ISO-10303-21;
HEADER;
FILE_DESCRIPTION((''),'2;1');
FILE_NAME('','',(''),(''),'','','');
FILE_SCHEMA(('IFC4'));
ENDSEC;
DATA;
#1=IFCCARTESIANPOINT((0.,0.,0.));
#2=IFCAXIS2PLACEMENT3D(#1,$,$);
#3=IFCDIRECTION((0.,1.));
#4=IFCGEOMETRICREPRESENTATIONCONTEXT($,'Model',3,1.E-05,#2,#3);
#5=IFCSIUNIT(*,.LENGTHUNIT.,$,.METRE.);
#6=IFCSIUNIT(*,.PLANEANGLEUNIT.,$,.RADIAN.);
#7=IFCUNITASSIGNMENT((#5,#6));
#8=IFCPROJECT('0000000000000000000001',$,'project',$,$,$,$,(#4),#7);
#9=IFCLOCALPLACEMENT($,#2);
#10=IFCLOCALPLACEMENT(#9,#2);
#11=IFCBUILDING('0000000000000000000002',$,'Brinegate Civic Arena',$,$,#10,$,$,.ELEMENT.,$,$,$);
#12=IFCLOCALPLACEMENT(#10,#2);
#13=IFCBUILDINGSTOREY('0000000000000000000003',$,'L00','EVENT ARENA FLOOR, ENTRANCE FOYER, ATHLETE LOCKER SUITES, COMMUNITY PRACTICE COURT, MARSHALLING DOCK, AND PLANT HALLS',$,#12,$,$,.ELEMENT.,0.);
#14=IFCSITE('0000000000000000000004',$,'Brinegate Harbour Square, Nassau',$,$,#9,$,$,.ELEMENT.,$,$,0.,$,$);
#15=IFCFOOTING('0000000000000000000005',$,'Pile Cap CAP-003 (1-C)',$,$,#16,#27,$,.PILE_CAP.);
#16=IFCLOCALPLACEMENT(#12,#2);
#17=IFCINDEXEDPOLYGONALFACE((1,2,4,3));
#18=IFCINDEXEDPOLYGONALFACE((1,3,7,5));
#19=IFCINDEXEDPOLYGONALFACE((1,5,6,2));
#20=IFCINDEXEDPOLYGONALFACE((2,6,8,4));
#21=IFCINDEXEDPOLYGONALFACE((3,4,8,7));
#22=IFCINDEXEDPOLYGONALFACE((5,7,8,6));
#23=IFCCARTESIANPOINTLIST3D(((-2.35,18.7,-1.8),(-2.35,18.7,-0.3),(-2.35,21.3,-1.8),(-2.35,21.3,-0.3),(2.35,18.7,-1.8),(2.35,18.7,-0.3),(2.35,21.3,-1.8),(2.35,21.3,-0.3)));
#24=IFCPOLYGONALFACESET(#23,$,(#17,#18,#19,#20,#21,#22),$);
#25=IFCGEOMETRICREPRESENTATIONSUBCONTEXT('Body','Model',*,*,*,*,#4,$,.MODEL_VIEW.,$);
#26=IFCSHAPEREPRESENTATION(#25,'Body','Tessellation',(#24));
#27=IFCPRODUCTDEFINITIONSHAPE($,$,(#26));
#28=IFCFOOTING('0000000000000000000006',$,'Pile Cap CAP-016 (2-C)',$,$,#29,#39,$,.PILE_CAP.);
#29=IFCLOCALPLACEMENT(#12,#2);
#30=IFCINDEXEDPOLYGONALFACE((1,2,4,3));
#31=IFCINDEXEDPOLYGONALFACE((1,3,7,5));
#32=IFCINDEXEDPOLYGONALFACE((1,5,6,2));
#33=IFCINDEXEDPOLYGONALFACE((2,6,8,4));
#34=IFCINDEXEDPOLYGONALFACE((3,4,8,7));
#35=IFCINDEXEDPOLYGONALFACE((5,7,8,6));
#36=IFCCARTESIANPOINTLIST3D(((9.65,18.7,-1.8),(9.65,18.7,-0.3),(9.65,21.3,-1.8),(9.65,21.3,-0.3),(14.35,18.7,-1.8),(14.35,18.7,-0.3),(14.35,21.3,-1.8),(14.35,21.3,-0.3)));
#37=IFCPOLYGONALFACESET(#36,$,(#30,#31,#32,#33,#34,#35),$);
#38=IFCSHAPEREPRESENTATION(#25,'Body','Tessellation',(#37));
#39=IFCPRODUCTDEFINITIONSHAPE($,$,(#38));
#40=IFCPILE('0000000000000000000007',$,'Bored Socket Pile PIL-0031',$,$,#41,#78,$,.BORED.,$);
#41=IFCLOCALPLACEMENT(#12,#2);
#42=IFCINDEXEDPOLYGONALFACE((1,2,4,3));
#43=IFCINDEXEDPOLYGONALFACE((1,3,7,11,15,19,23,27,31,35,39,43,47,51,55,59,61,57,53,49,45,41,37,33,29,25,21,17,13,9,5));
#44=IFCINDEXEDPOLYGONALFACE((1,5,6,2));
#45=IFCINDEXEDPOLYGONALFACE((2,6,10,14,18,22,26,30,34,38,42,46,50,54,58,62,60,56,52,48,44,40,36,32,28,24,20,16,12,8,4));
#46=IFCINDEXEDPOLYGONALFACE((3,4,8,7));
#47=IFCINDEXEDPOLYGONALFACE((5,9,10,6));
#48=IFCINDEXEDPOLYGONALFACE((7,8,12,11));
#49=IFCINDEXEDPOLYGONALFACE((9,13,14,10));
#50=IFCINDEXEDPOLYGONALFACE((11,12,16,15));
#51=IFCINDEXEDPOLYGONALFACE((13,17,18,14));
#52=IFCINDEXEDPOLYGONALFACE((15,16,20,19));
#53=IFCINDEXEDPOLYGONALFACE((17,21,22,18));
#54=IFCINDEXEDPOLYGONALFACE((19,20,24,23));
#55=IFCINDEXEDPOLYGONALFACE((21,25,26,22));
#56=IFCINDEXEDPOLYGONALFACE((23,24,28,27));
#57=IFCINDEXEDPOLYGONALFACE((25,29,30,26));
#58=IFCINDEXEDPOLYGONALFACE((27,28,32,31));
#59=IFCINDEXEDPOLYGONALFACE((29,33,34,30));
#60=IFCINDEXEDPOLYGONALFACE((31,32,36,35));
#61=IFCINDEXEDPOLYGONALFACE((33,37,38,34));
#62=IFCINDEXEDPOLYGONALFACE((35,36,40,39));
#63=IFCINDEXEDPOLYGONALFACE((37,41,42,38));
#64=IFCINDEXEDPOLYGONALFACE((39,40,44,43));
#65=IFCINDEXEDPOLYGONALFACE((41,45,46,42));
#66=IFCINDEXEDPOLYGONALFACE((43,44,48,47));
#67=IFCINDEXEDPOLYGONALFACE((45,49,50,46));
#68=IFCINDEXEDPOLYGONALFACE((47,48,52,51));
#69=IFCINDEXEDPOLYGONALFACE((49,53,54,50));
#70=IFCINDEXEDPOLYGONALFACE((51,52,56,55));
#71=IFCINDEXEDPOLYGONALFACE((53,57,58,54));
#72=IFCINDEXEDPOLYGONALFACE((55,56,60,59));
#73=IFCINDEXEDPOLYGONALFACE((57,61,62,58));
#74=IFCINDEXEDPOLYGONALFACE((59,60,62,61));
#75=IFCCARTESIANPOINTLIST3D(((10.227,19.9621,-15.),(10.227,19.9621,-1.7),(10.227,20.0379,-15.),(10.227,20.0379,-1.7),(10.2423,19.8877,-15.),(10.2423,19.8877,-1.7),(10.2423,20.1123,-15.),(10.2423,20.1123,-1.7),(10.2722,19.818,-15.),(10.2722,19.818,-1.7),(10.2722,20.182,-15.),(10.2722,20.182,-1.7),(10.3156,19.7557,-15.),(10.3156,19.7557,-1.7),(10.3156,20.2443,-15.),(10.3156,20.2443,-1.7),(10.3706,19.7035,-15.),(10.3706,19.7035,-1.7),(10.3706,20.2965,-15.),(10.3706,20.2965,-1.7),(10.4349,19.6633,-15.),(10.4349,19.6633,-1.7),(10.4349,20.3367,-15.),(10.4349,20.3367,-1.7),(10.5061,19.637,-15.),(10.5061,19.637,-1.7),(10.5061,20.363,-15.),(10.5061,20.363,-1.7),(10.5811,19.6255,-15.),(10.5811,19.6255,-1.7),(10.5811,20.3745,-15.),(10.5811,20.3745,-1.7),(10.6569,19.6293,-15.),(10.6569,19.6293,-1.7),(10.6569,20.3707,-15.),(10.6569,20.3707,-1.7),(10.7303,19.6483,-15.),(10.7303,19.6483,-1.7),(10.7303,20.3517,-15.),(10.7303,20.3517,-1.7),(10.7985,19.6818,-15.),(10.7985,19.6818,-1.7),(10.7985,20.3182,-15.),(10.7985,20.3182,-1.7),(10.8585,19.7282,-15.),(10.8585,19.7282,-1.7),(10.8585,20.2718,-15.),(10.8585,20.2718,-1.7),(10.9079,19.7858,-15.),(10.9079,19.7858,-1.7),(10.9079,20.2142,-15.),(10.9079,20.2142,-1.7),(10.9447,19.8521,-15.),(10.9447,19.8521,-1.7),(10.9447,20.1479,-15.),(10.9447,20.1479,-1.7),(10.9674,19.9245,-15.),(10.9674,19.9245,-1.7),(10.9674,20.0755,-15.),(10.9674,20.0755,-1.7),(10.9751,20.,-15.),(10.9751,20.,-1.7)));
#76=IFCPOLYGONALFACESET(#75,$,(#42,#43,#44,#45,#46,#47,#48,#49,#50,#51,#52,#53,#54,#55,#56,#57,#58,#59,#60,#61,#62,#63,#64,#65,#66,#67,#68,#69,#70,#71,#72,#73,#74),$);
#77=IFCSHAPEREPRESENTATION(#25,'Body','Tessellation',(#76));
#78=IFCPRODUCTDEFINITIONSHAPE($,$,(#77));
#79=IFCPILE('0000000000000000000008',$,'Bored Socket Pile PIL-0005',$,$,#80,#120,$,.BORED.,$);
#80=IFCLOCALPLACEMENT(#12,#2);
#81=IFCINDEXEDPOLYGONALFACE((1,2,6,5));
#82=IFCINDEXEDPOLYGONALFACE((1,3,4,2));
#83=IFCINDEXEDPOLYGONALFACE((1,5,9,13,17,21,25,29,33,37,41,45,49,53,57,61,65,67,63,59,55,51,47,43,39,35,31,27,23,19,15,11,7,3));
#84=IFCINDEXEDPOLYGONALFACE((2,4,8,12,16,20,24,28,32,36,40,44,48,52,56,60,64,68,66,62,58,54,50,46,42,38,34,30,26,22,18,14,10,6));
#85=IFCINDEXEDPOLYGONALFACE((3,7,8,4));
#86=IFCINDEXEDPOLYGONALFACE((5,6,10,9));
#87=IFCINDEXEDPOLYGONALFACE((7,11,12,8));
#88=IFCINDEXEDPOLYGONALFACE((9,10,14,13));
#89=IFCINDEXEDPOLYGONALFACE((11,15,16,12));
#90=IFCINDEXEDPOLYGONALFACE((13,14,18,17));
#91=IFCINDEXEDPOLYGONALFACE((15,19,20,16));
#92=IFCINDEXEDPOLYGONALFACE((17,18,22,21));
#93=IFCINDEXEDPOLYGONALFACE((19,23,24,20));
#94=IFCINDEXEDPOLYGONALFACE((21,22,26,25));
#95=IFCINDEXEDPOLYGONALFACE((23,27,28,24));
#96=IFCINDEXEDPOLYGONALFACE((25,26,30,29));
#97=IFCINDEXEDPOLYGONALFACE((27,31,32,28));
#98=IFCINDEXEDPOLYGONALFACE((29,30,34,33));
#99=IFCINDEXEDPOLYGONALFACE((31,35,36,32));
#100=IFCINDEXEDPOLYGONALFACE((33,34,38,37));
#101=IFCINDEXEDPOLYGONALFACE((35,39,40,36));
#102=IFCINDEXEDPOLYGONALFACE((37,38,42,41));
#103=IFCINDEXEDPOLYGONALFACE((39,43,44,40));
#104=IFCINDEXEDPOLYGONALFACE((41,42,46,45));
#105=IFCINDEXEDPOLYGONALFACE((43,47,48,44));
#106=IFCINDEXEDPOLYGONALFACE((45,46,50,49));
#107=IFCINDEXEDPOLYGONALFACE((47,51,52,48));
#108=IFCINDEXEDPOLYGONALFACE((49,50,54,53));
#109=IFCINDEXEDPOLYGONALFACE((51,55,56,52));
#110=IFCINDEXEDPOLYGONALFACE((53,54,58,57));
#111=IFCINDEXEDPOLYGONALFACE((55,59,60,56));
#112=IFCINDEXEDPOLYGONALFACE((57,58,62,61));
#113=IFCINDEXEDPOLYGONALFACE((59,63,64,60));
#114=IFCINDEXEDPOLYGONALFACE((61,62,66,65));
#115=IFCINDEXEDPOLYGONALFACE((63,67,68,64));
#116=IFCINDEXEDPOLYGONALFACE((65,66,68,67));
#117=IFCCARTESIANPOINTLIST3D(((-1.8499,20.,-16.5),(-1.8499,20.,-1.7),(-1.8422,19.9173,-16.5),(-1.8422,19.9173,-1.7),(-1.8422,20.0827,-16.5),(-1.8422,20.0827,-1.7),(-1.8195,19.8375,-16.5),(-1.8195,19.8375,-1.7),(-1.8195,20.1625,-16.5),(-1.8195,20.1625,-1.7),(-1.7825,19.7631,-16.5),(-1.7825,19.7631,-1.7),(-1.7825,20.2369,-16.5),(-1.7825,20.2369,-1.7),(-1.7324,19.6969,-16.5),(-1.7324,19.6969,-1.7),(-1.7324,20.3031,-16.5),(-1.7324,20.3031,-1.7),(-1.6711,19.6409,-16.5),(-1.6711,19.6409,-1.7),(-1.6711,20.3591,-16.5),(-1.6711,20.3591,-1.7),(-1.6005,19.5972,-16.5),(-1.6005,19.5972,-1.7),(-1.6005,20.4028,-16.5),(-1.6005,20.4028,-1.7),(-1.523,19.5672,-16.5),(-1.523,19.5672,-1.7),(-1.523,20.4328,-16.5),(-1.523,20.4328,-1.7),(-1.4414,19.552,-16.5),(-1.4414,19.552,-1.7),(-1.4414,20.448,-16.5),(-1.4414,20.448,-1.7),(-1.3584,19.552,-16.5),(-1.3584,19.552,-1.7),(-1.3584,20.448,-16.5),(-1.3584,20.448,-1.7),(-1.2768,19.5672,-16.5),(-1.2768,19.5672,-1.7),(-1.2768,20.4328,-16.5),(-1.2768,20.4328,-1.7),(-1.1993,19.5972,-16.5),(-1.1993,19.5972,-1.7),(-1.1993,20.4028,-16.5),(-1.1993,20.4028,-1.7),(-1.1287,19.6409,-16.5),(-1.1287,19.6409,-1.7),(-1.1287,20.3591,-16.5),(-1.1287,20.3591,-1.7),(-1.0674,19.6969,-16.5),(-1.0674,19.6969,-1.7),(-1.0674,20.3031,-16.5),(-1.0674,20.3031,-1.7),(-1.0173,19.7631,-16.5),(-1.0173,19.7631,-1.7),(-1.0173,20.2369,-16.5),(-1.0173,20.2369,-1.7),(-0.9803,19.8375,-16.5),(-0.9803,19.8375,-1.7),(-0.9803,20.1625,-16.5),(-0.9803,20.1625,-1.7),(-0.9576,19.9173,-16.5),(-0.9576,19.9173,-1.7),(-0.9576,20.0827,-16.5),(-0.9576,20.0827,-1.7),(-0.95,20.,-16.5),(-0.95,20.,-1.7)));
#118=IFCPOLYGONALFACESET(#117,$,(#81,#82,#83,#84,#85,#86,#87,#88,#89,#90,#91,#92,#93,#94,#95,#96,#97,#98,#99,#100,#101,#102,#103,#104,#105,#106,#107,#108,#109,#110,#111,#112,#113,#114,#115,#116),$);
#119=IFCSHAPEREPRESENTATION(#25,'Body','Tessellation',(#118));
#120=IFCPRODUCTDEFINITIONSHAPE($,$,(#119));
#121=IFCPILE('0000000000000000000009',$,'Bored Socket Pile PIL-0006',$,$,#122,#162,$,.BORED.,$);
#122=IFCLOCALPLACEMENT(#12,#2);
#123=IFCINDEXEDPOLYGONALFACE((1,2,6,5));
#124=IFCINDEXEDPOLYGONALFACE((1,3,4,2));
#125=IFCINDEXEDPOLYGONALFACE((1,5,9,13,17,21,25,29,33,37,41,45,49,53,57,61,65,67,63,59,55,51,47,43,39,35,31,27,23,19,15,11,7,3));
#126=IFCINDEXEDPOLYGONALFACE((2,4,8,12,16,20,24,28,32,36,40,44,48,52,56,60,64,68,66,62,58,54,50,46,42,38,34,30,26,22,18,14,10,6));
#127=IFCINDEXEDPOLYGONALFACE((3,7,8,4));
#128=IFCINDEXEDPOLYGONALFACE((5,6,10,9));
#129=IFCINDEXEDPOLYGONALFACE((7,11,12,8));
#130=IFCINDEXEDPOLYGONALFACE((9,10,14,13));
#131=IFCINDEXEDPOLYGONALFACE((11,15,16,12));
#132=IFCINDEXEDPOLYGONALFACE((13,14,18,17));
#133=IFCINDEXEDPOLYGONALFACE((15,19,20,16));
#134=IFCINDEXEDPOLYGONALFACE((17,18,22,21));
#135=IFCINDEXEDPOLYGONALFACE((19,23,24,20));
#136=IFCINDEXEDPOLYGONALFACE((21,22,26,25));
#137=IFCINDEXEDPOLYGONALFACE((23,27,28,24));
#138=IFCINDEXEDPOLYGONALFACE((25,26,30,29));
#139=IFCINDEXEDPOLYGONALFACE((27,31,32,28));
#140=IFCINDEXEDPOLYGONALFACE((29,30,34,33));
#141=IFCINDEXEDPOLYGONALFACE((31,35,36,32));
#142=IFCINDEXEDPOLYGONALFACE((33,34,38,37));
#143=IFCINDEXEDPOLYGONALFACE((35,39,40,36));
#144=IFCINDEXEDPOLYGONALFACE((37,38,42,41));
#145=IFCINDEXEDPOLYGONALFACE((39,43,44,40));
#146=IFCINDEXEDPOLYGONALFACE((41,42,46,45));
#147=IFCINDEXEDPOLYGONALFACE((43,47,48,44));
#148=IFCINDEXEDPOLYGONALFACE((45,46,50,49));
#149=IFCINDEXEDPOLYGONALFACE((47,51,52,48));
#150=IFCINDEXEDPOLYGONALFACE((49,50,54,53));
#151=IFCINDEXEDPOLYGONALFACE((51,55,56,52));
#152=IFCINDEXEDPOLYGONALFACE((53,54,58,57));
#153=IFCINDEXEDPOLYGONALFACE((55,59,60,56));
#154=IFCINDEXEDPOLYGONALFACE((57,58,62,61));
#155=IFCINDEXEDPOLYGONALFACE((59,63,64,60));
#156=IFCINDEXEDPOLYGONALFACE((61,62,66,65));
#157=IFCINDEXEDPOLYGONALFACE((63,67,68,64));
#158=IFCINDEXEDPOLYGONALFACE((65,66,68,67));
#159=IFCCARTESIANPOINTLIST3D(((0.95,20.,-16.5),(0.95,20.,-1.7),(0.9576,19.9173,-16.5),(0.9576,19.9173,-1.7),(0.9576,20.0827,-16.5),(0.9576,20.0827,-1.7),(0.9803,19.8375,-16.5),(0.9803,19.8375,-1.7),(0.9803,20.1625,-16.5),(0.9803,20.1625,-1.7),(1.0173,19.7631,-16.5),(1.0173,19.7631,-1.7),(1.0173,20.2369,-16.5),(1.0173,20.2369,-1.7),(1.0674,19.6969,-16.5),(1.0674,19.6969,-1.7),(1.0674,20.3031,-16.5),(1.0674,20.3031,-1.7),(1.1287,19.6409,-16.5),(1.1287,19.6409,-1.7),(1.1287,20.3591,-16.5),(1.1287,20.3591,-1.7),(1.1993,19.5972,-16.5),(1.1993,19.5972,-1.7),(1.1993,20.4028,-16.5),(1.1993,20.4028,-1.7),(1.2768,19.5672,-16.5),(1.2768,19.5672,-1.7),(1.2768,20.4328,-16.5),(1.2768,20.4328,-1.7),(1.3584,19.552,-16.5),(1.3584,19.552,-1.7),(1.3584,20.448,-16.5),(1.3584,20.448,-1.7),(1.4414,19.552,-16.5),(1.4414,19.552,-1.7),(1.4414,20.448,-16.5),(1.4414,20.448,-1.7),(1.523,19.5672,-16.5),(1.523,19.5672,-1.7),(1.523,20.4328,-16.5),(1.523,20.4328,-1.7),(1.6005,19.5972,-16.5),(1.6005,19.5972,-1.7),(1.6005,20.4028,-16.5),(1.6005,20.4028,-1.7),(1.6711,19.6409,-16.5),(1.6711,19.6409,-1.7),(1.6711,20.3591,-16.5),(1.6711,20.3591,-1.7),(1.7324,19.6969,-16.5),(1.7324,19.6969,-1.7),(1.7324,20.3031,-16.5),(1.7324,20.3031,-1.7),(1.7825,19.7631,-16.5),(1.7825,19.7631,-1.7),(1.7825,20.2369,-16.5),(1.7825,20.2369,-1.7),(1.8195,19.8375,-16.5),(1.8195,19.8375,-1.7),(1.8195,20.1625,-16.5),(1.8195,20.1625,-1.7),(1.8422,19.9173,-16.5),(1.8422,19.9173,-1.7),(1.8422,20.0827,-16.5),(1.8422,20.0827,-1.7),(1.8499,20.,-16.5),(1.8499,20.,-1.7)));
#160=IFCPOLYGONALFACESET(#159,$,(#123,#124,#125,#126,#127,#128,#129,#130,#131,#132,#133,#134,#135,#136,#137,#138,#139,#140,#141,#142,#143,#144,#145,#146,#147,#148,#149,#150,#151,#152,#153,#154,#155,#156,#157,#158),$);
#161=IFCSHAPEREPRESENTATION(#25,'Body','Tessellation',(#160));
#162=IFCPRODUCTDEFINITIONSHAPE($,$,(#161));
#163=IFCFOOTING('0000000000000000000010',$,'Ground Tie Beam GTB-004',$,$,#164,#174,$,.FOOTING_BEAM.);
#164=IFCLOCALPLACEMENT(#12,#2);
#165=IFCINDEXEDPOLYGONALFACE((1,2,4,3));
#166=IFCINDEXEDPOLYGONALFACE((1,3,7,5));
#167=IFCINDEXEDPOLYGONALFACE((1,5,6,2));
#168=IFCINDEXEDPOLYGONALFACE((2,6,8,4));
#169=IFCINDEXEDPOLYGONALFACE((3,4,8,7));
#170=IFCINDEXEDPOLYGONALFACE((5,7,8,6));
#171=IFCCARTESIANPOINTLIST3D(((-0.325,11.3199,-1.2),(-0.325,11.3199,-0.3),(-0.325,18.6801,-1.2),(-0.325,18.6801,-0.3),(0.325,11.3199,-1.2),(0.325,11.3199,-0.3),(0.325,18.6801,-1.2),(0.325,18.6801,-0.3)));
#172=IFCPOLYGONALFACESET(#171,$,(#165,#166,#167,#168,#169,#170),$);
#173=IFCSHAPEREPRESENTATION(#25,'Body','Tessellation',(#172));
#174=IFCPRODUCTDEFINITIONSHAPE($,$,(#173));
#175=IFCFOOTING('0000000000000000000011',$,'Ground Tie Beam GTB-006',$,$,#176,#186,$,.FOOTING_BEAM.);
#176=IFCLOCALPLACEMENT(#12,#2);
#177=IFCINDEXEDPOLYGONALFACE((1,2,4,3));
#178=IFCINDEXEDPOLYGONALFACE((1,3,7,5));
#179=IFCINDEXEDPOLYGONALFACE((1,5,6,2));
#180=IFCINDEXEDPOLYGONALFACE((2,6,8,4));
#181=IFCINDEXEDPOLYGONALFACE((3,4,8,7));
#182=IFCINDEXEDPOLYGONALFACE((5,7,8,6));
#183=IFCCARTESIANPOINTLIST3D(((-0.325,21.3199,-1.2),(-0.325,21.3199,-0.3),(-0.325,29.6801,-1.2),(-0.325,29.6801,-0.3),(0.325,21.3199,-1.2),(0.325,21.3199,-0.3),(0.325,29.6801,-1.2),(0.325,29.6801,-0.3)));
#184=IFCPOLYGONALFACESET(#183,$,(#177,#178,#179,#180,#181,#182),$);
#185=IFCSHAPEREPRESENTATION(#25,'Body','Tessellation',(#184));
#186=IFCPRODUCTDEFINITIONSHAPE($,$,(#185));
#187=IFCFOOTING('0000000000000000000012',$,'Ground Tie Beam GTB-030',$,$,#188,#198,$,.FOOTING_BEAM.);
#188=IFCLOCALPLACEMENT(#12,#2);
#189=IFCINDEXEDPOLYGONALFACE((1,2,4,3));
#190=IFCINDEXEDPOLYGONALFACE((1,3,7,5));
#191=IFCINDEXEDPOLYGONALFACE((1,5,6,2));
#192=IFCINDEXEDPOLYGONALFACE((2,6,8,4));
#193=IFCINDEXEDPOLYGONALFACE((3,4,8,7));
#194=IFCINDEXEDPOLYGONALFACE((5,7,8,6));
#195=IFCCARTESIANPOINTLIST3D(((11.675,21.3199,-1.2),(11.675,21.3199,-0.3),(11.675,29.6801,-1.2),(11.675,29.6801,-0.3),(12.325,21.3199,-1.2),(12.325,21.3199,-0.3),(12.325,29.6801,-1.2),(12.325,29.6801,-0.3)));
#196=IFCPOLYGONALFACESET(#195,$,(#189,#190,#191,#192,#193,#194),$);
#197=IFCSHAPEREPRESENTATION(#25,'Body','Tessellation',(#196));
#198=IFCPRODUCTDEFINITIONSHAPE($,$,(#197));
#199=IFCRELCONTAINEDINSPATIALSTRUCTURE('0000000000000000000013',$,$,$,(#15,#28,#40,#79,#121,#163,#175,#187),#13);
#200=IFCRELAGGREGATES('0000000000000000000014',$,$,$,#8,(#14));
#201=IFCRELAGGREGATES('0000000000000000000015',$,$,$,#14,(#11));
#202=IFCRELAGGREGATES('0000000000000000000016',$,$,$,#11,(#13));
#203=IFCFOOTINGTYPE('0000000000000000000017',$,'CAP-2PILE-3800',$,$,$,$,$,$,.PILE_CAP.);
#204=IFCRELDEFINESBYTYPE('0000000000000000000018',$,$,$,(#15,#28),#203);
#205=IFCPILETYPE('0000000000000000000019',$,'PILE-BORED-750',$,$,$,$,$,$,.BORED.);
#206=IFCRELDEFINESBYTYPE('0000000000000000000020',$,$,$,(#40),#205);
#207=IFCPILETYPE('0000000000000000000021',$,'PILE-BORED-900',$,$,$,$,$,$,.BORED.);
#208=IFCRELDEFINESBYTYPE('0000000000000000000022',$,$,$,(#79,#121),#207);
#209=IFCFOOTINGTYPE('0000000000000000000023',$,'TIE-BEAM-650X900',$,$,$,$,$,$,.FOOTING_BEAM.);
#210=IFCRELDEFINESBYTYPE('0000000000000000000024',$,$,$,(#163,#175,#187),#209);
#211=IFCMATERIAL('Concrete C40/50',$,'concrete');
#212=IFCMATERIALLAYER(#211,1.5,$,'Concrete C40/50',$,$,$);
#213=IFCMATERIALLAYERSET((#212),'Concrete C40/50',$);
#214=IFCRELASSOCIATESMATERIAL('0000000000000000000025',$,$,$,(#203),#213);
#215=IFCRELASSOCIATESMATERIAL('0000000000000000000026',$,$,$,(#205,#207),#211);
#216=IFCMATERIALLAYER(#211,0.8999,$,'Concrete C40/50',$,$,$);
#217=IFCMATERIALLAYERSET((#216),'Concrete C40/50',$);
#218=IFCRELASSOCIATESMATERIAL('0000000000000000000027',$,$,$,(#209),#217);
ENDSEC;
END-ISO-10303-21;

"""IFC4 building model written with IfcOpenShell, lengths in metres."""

from ifc_helpers import new_model, si_unit, direction, frame, origin, origin_2d, place, context, subcontext, project, spatial, rectangle, circle, extrude, material, layer, layer_set, material_profile, profile_set, type_object, element, save


model = new_model("IFC4")

# Units and contexts
model_context = context("Model", 3, precision=1e-05, world=origin(), true_north=direction((0.0, 1.0)))
body_context = subcontext(model_context, "Body", "Model", "MODEL_VIEW")
ifc_project = project(units=[si_unit("LENGTHUNIT", "METRE"), si_unit("PLANEANGLEUNIT", "RADIAN")], contexts=[model_context])

# Site, building, storey
site_placement = place(None, origin())
site = spatial("IfcSite", under=ifc_project, at=site_placement, Name="Brinegate Harbour Square, Nassau", CompositionType="ELEMENT", RefElevation=0.0)
building_placement = place(site_placement, origin())
building = spatial("IfcBuilding", under=site, at=building_placement, Name="Brinegate Civic Arena", CompositionType="ELEMENT")
storey_placement = place(building_placement, origin())
storey = spatial("IfcBuildingStorey", under=building, at=storey_placement, Name="L00", Description="EVENT ARENA FLOOR, ENTRANCE FOYER, ATHLETE LOCKER SUITES, COMMUNITY PRACTICE COURT, MARSHALLING DOCK, AND PLANT HALLS", CompositionType="ELEMENT", Elevation=0.0)

# Footings
ifc_material_1 = material(Name="Concrete C40/50", Category="concrete")
ifc_layer_1 = layer(ifc_material_1, 1.5, Name="Concrete C40/50")
ifc_layer_set_1 = layer_set([ifc_layer_1], Name="Concrete C40/50")
footing_type_1 = type_object("IfcFootingType", Name="CAP-2PILE-3800", PredefinedType="PILE_CAP", material=ifc_layer_set_1)
for number, where, z_axis, x_axis, name in (
    (1, (0.0, 20.0, -1.8), (0.0, 0.0, 1.0), (1.0, 0.0, 0.0), "Pile Cap CAP-003 (1-C)"),
    (2, (12.0, 20.0, -1.8), (0.0, 0.0, 1.0), (1.0, 0.0, 0.0), "Pile Cap CAP-016 (2-C)"),
):
    element("IfcFooting", number, at=place(storey_placement, frame(where, z_axis=z_axis, x_axis=x_axis)), inside=storey, type_object=footing_type_1, Name=name, PredefinedType="PILE_CAP", context=body_context, shape_type="SweptSolid", body=[
        extrude(rectangle(XDim=4.7, YDim=2.6001, at=origin_2d()), origin(), (0.0, 0.0, 1.0), 1.5),
    ])

# Piles
ifc_material_profile_1 = material_profile(ifc_material_1, circle(Radius=0.375, at=origin_2d()), Name="PILED750")
ifc_profile_set_1 = profile_set([ifc_material_profile_1], Name="Concrete C40/50")
pile_type_1 = type_object("IfcPileType", Name="PILE-BORED-750", PredefinedType="BORED", material=ifc_profile_set_1)
pile_placement = place(storey_placement, frame((10.6001, 20.0, -1.7), z_axis=(0.0, 0.0, -1.0), x_axis=(1.0, 0.0, 0.0)))
element("IfcPile", 3, at=pile_placement, inside=storey, type_object=pile_type_1, Name="Bored Socket Pile PIL-0031", PredefinedType="BORED", context=body_context, shape_type="SweptSolid", body=[
    extrude(circle(Radius=0.375, at=origin_2d()), origin(), (0.0, 0.0, 1.0), 13.3),
])
ifc_material_profile_2 = material_profile(ifc_material_1, circle(Radius=0.45, at=origin_2d()), Name="PILED900")
ifc_profile_set_2 = profile_set([ifc_material_profile_2], Name="Concrete C40/50")
pile_type_2 = type_object("IfcPileType", Name="PILE-BORED-900", PredefinedType="BORED", material=ifc_profile_set_2)
for number, where, z_axis, x_axis, name in (
    (4, (-1.3999, 20.0, -1.7), (0.0, 0.0, -1.0), (1.0, 0.0, 0.0), "Bored Socket Pile PIL-0005"),
    (5, (1.3999, 20.0, -1.7), (0.0, 0.0, -1.0), (1.0, 0.0, 0.0), "Bored Socket Pile PIL-0006"),
):
    element("IfcPile", number, at=place(storey_placement, frame(where, z_axis=z_axis, x_axis=x_axis)), inside=storey, type_object=pile_type_2, Name=name, PredefinedType="BORED", context=body_context, shape_type="SweptSolid", body=[
        extrude(circle(Radius=0.45, at=origin_2d()), origin(), (0.0, 0.0, 1.0), 14.8),
    ])

# Footings
ifc_layer_2 = layer(ifc_material_1, 0.8999, Name="Concrete C40/50")
ifc_layer_set_2 = layer_set([ifc_layer_2], Name="Concrete C40/50")
footing_type_2 = type_object("IfcFootingType", Name="TIE-BEAM-650X900", PredefinedType="FOOTING_BEAM", material=ifc_layer_set_2)
footing_1_placement = place(storey_placement, frame((0.0, 15.0, -1.2), z_axis=(0.0, 0.0, 1.0), x_axis=(0.0, 1.0, 0.0)))
element("IfcFooting", 6, at=footing_1_placement, inside=storey, type_object=footing_type_2, Name="Ground Tie Beam GTB-004", PredefinedType="FOOTING_BEAM", context=body_context, shape_type="SweptSolid", body=[
    extrude(rectangle(XDim=7.3601, YDim=0.6499, at=origin_2d()), origin(), (0.0, 0.0, 1.0), 0.8999),
])
for number, where, z_axis, x_axis, name in (
    (7, (0.0, 25.5, -1.2), (0.0, 0.0, 1.0), (0.0, 1.0, 0.0), "Ground Tie Beam GTB-006"),
    (8, (12.0, 25.5, -1.2), (0.0, 0.0, 1.0), (0.0, 1.0, 0.0), "Ground Tie Beam GTB-030"),
):
    element("IfcFooting", number, at=place(storey_placement, frame(where, z_axis=z_axis, x_axis=x_axis)), inside=storey, type_object=footing_type_2, Name=name, PredefinedType="FOOTING_BEAM", context=body_context, shape_type="SweptSolid", body=[
        extrude(rectangle(XDim=8.3601, YDim=0.6499, at=origin_2d()), origin(), (0.0, 0.0, 1.0), 0.8999),
    ])

save(model, "model.ifc")
